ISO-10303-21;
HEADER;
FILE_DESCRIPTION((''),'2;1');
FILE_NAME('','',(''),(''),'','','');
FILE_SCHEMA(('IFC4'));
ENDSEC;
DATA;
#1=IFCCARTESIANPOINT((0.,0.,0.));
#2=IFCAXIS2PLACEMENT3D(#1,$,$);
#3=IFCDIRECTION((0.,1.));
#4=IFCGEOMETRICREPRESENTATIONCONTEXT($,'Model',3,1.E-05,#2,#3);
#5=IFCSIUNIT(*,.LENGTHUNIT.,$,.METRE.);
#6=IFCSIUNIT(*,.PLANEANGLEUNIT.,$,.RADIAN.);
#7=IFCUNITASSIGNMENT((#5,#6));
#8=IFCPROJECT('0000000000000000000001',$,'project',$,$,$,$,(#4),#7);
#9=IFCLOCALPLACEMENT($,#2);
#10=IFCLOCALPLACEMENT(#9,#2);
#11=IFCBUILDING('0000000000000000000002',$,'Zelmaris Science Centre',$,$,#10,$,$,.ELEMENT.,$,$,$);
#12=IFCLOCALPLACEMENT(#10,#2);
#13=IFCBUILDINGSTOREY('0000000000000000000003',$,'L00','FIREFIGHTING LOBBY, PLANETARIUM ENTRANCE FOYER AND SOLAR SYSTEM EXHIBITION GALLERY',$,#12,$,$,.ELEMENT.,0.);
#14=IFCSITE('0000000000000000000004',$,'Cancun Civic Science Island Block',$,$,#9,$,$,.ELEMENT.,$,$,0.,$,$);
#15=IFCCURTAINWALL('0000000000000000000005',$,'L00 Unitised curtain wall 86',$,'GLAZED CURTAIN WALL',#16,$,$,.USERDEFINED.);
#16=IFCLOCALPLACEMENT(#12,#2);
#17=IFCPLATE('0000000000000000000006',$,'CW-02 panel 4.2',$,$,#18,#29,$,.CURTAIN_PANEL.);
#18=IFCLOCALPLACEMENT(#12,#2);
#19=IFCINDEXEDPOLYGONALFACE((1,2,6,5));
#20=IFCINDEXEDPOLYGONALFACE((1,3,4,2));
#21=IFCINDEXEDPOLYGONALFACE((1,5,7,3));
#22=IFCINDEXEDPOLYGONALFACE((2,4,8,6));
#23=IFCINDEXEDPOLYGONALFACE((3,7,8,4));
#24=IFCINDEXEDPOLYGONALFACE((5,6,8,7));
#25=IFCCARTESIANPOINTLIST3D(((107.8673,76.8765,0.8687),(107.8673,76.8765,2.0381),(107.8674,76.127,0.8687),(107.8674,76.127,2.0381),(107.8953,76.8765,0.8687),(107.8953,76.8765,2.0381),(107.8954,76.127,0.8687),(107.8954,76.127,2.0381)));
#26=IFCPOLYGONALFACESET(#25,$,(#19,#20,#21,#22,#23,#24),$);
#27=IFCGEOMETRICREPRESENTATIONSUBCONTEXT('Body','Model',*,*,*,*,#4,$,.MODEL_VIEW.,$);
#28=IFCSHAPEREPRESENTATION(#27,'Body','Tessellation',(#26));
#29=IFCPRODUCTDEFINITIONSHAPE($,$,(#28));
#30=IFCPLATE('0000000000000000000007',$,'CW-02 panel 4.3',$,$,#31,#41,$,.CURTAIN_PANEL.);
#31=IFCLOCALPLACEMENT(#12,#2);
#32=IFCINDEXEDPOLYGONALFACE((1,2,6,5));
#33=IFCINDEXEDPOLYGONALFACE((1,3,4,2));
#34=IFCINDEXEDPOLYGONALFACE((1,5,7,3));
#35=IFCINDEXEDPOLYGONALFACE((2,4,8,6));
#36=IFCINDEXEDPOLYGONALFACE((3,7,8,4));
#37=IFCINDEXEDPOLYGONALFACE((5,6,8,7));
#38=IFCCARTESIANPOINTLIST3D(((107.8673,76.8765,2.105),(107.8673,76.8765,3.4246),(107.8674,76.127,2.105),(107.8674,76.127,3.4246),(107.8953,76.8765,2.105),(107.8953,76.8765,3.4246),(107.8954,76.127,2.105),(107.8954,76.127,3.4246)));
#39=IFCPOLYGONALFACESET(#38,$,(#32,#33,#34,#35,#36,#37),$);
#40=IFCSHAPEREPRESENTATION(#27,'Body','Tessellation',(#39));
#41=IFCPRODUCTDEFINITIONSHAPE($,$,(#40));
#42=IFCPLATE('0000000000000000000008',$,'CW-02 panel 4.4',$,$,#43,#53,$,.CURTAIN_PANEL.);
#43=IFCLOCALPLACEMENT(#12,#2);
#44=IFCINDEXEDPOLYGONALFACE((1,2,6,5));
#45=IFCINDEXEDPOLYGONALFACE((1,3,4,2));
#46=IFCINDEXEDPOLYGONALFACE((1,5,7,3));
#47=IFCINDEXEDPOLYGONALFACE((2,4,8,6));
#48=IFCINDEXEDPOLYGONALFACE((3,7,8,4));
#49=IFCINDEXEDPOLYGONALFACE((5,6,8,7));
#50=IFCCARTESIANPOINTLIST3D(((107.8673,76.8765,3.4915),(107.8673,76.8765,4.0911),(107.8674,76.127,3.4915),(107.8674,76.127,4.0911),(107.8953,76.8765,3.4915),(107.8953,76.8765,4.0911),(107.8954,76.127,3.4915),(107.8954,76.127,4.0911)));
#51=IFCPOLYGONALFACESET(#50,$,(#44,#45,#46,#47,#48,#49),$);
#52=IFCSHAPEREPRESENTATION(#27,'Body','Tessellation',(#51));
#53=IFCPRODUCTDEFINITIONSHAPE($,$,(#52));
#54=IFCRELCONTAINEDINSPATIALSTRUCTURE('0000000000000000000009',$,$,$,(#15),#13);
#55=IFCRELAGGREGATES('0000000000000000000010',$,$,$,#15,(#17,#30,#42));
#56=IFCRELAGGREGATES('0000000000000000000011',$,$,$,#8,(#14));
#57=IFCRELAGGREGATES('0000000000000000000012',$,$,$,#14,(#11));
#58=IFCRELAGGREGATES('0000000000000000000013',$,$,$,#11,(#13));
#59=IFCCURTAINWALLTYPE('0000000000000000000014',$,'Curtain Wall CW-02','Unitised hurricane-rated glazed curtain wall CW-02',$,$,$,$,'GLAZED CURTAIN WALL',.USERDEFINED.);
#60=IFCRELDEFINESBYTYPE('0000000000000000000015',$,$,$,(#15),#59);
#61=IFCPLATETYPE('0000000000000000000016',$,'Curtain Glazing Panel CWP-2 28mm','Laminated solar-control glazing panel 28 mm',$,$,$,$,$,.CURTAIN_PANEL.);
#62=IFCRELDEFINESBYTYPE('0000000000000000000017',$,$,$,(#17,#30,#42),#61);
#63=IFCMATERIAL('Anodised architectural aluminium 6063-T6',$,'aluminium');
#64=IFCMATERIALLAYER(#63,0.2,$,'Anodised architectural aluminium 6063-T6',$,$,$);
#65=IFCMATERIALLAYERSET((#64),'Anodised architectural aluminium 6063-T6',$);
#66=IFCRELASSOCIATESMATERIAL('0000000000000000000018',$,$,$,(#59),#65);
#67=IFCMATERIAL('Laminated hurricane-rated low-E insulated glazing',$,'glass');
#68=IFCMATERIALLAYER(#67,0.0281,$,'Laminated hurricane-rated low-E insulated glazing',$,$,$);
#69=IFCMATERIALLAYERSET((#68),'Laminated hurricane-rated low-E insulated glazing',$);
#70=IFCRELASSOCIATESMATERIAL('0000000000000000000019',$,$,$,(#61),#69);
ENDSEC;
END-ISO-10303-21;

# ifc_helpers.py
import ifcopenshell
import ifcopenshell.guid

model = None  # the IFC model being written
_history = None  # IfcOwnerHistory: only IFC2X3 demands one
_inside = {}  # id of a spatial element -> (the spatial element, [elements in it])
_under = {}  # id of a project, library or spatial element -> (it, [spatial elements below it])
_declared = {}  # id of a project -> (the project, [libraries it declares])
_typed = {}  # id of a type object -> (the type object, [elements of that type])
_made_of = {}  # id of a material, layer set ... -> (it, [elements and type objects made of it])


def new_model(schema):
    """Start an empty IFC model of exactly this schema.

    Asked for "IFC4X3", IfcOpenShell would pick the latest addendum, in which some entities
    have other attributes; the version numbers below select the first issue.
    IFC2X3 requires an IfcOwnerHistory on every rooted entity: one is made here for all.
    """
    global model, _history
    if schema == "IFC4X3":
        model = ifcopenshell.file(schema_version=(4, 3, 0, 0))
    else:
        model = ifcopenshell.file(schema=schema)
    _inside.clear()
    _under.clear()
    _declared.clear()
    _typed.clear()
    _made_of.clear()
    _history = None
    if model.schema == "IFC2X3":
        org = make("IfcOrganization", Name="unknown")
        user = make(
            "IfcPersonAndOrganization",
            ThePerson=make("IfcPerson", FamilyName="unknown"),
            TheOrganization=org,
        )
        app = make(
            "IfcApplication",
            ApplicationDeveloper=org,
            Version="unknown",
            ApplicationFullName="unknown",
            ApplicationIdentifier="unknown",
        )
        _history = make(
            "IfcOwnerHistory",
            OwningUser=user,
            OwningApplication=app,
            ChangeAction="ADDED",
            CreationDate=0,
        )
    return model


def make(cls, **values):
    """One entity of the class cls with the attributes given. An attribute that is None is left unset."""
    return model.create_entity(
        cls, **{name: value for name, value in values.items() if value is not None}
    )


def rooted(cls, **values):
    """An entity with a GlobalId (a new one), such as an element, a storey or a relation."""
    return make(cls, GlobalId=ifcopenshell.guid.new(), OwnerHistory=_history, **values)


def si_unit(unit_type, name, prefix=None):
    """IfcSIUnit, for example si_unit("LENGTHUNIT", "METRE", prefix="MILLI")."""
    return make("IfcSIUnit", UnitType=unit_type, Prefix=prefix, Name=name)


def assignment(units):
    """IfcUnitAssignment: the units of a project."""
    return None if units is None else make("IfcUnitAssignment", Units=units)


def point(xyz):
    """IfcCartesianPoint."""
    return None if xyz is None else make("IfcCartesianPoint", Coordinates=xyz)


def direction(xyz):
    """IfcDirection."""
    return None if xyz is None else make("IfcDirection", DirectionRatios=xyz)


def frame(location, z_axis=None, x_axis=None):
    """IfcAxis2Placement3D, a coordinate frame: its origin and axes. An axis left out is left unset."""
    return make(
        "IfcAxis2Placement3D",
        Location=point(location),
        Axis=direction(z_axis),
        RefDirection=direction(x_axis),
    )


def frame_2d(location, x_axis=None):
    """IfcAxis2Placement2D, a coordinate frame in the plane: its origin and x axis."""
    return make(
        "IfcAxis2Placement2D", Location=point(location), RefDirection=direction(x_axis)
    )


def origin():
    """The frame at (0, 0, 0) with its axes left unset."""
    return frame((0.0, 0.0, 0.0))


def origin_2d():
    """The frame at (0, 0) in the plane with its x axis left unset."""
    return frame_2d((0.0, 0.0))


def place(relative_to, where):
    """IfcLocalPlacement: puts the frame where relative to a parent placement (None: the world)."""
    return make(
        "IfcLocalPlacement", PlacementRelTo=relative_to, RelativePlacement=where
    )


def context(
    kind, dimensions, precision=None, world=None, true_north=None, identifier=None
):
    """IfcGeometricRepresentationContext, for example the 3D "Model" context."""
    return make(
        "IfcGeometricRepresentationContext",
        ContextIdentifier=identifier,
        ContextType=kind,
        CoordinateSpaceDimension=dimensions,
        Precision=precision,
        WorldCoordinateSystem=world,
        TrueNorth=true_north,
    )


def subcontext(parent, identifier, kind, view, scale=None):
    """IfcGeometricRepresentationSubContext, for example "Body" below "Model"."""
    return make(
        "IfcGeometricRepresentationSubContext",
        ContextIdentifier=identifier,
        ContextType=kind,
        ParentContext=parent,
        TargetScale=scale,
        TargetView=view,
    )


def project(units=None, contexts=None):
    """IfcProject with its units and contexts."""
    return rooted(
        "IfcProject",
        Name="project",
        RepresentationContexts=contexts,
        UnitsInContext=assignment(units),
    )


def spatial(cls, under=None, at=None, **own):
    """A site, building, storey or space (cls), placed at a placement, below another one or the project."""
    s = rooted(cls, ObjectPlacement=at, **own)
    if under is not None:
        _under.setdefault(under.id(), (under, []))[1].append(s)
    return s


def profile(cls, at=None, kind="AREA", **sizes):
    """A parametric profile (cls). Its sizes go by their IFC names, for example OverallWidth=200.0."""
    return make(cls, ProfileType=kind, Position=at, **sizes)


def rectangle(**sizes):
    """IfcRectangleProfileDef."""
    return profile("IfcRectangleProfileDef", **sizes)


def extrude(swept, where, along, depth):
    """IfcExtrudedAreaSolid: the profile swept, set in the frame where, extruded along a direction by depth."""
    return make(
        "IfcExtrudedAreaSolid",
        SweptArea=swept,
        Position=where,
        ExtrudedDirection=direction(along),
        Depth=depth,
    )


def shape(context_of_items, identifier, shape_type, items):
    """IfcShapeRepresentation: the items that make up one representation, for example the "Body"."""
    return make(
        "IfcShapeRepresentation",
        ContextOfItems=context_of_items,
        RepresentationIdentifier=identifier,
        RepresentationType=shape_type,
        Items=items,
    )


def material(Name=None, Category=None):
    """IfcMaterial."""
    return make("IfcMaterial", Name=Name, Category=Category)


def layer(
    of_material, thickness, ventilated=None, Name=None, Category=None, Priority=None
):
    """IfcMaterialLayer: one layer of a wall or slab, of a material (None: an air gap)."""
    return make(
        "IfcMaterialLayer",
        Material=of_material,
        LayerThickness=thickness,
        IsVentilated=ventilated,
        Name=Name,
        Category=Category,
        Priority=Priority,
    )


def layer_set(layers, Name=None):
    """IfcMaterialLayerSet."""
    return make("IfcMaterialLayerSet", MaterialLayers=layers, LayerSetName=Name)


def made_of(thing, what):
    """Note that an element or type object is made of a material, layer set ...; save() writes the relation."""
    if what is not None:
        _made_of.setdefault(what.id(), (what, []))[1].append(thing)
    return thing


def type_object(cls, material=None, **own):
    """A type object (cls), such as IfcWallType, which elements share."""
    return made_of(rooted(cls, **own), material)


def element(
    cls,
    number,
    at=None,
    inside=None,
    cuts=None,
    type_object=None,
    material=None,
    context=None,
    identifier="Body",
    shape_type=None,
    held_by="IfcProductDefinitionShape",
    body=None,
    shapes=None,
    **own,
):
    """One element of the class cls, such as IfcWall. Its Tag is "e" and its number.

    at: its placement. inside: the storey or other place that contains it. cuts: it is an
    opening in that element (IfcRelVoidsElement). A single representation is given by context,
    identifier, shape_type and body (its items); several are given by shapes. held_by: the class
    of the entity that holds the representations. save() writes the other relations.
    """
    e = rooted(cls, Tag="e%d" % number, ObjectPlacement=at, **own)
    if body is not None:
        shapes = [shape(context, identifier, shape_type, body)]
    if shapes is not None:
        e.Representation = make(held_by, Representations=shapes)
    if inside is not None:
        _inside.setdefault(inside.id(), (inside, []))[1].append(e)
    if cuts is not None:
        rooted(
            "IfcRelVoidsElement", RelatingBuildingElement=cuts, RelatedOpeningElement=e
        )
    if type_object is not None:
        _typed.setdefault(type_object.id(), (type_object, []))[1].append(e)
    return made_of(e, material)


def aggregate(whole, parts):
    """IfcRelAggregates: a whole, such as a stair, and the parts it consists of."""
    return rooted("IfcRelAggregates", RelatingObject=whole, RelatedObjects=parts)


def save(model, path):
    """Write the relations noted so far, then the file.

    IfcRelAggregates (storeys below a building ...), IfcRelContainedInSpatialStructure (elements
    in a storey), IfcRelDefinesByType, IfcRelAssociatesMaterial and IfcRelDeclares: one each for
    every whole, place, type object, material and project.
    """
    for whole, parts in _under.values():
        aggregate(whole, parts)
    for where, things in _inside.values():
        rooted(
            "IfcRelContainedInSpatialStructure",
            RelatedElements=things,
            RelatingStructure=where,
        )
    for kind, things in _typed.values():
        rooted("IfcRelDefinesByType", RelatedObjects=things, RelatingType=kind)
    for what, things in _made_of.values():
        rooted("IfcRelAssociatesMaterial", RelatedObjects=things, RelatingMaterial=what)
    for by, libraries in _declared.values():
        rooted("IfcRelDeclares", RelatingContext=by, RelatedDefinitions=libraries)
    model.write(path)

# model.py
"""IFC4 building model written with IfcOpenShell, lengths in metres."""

from ifc_helpers import new_model, si_unit, direction, frame, origin, origin_2d, place, context, subcontext, project, spatial, rectangle, extrude, material, layer, layer_set, type_object, element, aggregate, save


model = new_model("IFC4")

# Units and contexts
model_context = context("Model", 3, precision=1e-05, world=origin(), true_north=direction((0.0, 1.0)))
body_context = subcontext(model_context, "Body", "Model", "MODEL_VIEW")
ifc_project = project(units=[si_unit("LENGTHUNIT", "METRE"), si_unit("PLANEANGLEUNIT", "RADIAN")], contexts=[model_context])

# Site, building, storey
site_placement = place(None, origin())
site = spatial("IfcSite", under=ifc_project, at=site_placement, Name="Cancun Civic Science Island Block", CompositionType="ELEMENT", RefElevation=0.0)
building_placement = place(site_placement, origin())
building = spatial("IfcBuilding", under=site, at=building_placement, Name="Zelmaris Science Centre", CompositionType="ELEMENT")
storey_placement = place(building_placement, origin())
storey = spatial("IfcBuildingStorey", under=building, at=storey_placement, Name="L00", Description="FIREFIGHTING LOBBY, PLANETARIUM ENTRANCE FOYER AND SOLAR SYSTEM EXHIBITION GALLERY", CompositionType="ELEMENT", Elevation=0.0)

# Shared definitions
ifc_material_1 = material(Name="Anodised architectural aluminium 6063-T6", Category="aluminium")

# Curtain wall
ifc_layer_1 = layer(ifc_material_1, 0.2, Name="Anodised architectural aluminium 6063-T6")
ifc_layer_set_1 = layer_set([ifc_layer_1], Name="Anodised architectural aluminium 6063-T6")
curtain_wall_type_1 = type_object("IfcCurtainWallType", Name="Curtain Wall CW-02", Description="Unitised hurricane-rated glazed curtain wall CW-02", ElementType="GLAZED CURTAIN WALL", PredefinedType="USERDEFINED", material=ifc_layer_set_1)
curtain_wall_1_placement = place(storey_placement, origin())
curtain_wall_1 = element("IfcCurtainWall", 1, at=curtain_wall_1_placement, inside=storey, type_object=curtain_wall_type_1, Name="L00 Unitised curtain wall 86", ObjectType="GLAZED CURTAIN WALL", PredefinedType="USERDEFINED")

# Plates
ifc_material_2 = material(Name="Laminated hurricane-rated low-E insulated glazing", Category="glass")
ifc_layer_2 = layer(ifc_material_2, 0.0281, Name="Laminated hurricane-rated low-E insulated glazing")
ifc_layer_set_2 = layer_set([ifc_layer_2], Name="Laminated hurricane-rated low-E insulated glazing")
plate_type = type_object("IfcPlateType", Name="Curtain Glazing Panel CWP-2 28mm", Description="Laminated solar-control glazing panel 28 mm", PredefinedType="CURTAIN_PANEL", material=ifc_layer_set_2)
plate_1_placement = place(storey_placement, frame((107.8813, 76.5017, 0.8687), z_axis=(0.0, 0.0, 1.0), x_axis=(0.000147, -1.0, 0.0)))
plate_1 = element("IfcPlate", 2, at=plate_1_placement, type_object=plate_type, Name="CW-02 panel 4.2", PredefinedType="CURTAIN_PANEL", context=body_context, shape_type="SweptSolid", body=[
    extrude(rectangle(XDim=0.7495, YDim=0.0281, at=origin_2d()), origin(), (0.0, 0.0, 1.0), 1.1694),
])
plate_2_placement = place(storey_placement, frame((107.8813, 76.5017, 2.105), z_axis=(0.0, 0.0, 1.0), x_axis=(0.000147, -1.0, 0.0)))
plate_2 = element("IfcPlate", 3, at=plate_2_placement, type_object=plate_type, Name="CW-02 panel 4.3", PredefinedType="CURTAIN_PANEL", context=body_context, shape_type="SweptSolid", body=[
    extrude(rectangle(XDim=0.7495, YDim=0.0281, at=origin_2d()), origin(), (0.0, 0.0, 1.0), 1.3196),
])
plate_3_placement = place(storey_placement, frame((107.8813, 76.5017, 3.4915), z_axis=(0.0, 0.0, 1.0), x_axis=(0.000147, -1.0, 0.0)))
plate_3 = element("IfcPlate", 4, at=plate_3_placement, type_object=plate_type, Name="CW-02 panel 4.4", PredefinedType="CURTAIN_PANEL", context=body_context, shape_type="SweptSolid", body=[
    extrude(rectangle(XDim=0.7495, YDim=0.0281, at=origin_2d()), origin(), (0.0, 0.0, 1.0), 0.5996),
])
aggregate(curtain_wall_1, [plate_1, plate_2, plate_3])

save(model, "model.ifc")
